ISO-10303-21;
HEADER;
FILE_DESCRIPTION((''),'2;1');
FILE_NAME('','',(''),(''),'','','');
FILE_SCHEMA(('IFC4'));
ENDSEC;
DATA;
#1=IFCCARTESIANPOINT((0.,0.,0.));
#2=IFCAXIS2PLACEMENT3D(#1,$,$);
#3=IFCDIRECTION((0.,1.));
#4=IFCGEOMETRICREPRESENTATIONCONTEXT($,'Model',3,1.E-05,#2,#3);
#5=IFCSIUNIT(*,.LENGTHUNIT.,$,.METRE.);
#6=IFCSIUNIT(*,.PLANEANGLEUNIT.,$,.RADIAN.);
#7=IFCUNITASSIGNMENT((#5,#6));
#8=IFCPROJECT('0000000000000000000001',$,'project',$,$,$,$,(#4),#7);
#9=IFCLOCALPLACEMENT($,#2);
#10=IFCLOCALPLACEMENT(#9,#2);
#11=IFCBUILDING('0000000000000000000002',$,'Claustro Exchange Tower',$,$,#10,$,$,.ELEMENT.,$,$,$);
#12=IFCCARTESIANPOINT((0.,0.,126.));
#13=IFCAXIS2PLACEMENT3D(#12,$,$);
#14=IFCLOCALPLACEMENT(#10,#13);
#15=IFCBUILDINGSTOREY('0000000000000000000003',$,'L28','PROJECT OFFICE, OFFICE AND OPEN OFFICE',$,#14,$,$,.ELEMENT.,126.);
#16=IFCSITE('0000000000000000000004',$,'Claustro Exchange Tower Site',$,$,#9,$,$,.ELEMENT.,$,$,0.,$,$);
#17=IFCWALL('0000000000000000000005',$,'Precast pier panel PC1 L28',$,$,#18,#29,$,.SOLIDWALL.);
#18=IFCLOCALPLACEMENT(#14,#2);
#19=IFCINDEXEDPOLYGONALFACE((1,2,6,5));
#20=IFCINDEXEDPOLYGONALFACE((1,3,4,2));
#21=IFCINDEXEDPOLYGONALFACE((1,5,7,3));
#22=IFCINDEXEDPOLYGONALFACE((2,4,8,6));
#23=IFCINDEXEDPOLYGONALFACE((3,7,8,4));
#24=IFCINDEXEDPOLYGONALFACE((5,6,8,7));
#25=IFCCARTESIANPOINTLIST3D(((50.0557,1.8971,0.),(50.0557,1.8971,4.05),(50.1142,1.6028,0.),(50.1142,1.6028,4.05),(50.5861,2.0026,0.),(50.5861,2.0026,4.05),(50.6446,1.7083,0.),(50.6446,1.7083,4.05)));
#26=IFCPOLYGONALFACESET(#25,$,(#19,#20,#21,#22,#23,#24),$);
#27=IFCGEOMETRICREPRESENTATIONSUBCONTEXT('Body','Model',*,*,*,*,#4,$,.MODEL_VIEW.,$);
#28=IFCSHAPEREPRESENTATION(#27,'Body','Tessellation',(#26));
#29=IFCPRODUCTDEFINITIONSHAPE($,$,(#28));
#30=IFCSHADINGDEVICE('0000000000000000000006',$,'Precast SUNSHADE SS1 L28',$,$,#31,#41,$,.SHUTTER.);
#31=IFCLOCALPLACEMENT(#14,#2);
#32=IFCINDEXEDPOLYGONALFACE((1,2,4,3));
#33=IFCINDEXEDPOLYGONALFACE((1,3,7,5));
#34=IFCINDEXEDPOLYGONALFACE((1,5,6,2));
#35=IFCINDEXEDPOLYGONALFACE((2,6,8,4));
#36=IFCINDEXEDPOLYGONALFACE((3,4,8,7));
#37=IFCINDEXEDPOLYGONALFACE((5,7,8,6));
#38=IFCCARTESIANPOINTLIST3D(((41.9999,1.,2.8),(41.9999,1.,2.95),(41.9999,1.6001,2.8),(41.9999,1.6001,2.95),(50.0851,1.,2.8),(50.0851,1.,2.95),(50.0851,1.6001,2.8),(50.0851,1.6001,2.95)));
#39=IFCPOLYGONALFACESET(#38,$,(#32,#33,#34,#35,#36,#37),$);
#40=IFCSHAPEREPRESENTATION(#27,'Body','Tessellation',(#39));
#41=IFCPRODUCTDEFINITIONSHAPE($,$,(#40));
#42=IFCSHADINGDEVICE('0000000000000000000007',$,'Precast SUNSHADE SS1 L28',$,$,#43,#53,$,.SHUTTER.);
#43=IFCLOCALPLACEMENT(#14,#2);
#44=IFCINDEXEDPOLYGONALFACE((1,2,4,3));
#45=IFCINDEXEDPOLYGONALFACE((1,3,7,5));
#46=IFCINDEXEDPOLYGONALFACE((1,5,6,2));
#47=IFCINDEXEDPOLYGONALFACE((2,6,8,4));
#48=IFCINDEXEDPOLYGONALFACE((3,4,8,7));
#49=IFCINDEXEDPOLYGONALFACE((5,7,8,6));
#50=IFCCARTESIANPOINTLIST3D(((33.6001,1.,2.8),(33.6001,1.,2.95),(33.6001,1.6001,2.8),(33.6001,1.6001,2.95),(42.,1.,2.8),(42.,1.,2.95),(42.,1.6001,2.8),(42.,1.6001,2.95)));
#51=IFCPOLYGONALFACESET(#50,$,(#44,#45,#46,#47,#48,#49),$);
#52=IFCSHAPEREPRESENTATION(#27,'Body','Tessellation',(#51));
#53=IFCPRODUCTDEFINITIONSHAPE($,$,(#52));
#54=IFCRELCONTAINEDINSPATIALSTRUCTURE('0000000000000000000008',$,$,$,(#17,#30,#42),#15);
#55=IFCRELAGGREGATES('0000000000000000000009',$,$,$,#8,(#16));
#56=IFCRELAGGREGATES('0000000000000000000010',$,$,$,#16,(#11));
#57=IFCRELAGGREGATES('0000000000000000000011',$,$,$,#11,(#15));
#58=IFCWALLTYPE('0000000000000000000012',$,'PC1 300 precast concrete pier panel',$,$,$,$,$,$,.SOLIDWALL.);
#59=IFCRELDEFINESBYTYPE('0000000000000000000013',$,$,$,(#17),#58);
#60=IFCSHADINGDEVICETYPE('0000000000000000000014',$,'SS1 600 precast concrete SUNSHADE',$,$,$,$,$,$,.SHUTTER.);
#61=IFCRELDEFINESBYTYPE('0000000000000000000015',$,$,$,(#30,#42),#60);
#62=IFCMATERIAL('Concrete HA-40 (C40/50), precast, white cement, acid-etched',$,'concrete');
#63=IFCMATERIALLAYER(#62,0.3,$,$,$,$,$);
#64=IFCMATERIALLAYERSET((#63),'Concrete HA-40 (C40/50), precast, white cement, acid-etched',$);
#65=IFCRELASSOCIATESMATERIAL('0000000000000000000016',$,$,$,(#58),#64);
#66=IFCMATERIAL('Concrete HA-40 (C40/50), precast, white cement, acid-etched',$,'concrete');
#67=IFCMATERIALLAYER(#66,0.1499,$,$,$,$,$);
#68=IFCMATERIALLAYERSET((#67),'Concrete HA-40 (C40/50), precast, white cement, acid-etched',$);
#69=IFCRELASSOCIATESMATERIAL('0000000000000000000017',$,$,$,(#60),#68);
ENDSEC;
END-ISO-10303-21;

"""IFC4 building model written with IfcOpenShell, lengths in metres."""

from ifc_helpers import new_model, si_unit, direction, frame, frame_2d, origin, origin_2d, place, context, subcontext, project, spatial, rectangle, extrude, material, layer, layer_set, type_object, element, save


model = new_model("IFC4")

# Units and contexts
model_context = context("Model", 3, precision=1e-05, world=origin(), true_north=direction((0.0, 1.0)))
body_context = subcontext(model_context, "Body", "Model", "MODEL_VIEW")
ifc_project = project(units=[si_unit("LENGTHUNIT", "METRE"), si_unit("PLANEANGLEUNIT", "RADIAN")], contexts=[model_context])

# Site, building, storey
site_placement = place(None, origin())
site = spatial("IfcSite", under=ifc_project, at=site_placement, Name="Claustro Exchange Tower Site", CompositionType="ELEMENT", RefElevation=0.0)
building_placement = place(site_placement, origin())
building = spatial("IfcBuilding", under=site, at=building_placement, Name="Claustro Exchange Tower", CompositionType="ELEMENT")
storey_placement = place(building_placement, frame((0.0, 0.0, 126.0)))
storey = spatial("IfcBuildingStorey", under=building, at=storey_placement, Name="L28", Description="PROJECT OFFICE, OFFICE AND OPEN OFFICE", CompositionType="ELEMENT", Elevation=126.0)

# Shared definitions
ifc_material_1 = material(Name="Concrete HA-40 (C40/50), precast, white cement, acid-etched", Category="concrete")
ifc_layer_1 = layer(ifc_material_1, 0.3)
ifc_layer_set_1 = layer_set([ifc_layer_1], Name="Concrete HA-40 (C40/50), precast, white cement, acid-etched")
wall_type_1 = type_object("IfcWallType", Name="PC1 300 precast concrete pier panel", PredefinedType="SOLIDWALL", material=ifc_layer_set_1)

# Wall
wall_1_placement = place(storey_placement, frame((50.6155, 1.8555, 0.0), z_axis=(0.0, 0.0, 1.0), x_axis=(-0.980789, -0.195074, 0.0)))
element("IfcWall", 1, at=wall_1_placement, inside=storey, type_object=wall_type_1, Name="Precast pier panel PC1 L28", PredefinedType="SOLIDWALL", context=body_context, shape_type="SweptSolid", body=[
    extrude(rectangle(XDim=0.5408, YDim=0.3, at=frame_2d((0.2705, 0.0))), origin(), (0.0, 0.0, 1.0), 4.05),
])

# Shading devices
ifc_material_2 = material(Name="Concrete HA-40 (C40/50), precast, white cement, acid-etched", Category="concrete")
ifc_layer_2 = layer(ifc_material_2, 0.1499)
ifc_layer_set_2 = layer_set([ifc_layer_2], Name="Concrete HA-40 (C40/50), precast, white cement, acid-etched")
shading_device_type = type_object("IfcShadingDeviceType", Name="SS1 600 precast concrete SUNSHADE", PredefinedType="SHUTTER", material=ifc_layer_set_2)
shading_device_1_placement = place(storey_placement, frame((46.0425, 1.3, 2.8), z_axis=(0.0, 0.0, 1.0), x_axis=(-1.0, 0.0, 0.0)))
element("IfcShadingDevice", 2, at=shading_device_1_placement, inside=storey, type_object=shading_device_type, Name="Precast SUNSHADE SS1 L28", PredefinedType="SHUTTER", context=body_context, shape_type="SweptSolid", body=[
    extrude(rectangle(XDim=8.0852, YDim=0.6001, at=origin_2d()), origin(), (0.0, 0.0, 1.0), 0.1499),
])
shading_device_2_placement = place(storey_placement, frame((37.8, 1.3, 2.8), z_axis=(0.0, 0.0, 1.0), x_axis=(-1.0, 0.0, 0.0)))
element("IfcShadingDevice", 3, at=shading_device_2_placement, inside=storey, type_object=shading_device_type, Name="Precast SUNSHADE SS1 L28", PredefinedType="SHUTTER", context=body_context, shape_type="SweptSolid", body=[
    extrude(rectangle(XDim=8.3999, YDim=0.6001, at=origin_2d()), origin(), (0.0, 0.0, 1.0), 0.1499),
])

save(model, "model.ifc")
